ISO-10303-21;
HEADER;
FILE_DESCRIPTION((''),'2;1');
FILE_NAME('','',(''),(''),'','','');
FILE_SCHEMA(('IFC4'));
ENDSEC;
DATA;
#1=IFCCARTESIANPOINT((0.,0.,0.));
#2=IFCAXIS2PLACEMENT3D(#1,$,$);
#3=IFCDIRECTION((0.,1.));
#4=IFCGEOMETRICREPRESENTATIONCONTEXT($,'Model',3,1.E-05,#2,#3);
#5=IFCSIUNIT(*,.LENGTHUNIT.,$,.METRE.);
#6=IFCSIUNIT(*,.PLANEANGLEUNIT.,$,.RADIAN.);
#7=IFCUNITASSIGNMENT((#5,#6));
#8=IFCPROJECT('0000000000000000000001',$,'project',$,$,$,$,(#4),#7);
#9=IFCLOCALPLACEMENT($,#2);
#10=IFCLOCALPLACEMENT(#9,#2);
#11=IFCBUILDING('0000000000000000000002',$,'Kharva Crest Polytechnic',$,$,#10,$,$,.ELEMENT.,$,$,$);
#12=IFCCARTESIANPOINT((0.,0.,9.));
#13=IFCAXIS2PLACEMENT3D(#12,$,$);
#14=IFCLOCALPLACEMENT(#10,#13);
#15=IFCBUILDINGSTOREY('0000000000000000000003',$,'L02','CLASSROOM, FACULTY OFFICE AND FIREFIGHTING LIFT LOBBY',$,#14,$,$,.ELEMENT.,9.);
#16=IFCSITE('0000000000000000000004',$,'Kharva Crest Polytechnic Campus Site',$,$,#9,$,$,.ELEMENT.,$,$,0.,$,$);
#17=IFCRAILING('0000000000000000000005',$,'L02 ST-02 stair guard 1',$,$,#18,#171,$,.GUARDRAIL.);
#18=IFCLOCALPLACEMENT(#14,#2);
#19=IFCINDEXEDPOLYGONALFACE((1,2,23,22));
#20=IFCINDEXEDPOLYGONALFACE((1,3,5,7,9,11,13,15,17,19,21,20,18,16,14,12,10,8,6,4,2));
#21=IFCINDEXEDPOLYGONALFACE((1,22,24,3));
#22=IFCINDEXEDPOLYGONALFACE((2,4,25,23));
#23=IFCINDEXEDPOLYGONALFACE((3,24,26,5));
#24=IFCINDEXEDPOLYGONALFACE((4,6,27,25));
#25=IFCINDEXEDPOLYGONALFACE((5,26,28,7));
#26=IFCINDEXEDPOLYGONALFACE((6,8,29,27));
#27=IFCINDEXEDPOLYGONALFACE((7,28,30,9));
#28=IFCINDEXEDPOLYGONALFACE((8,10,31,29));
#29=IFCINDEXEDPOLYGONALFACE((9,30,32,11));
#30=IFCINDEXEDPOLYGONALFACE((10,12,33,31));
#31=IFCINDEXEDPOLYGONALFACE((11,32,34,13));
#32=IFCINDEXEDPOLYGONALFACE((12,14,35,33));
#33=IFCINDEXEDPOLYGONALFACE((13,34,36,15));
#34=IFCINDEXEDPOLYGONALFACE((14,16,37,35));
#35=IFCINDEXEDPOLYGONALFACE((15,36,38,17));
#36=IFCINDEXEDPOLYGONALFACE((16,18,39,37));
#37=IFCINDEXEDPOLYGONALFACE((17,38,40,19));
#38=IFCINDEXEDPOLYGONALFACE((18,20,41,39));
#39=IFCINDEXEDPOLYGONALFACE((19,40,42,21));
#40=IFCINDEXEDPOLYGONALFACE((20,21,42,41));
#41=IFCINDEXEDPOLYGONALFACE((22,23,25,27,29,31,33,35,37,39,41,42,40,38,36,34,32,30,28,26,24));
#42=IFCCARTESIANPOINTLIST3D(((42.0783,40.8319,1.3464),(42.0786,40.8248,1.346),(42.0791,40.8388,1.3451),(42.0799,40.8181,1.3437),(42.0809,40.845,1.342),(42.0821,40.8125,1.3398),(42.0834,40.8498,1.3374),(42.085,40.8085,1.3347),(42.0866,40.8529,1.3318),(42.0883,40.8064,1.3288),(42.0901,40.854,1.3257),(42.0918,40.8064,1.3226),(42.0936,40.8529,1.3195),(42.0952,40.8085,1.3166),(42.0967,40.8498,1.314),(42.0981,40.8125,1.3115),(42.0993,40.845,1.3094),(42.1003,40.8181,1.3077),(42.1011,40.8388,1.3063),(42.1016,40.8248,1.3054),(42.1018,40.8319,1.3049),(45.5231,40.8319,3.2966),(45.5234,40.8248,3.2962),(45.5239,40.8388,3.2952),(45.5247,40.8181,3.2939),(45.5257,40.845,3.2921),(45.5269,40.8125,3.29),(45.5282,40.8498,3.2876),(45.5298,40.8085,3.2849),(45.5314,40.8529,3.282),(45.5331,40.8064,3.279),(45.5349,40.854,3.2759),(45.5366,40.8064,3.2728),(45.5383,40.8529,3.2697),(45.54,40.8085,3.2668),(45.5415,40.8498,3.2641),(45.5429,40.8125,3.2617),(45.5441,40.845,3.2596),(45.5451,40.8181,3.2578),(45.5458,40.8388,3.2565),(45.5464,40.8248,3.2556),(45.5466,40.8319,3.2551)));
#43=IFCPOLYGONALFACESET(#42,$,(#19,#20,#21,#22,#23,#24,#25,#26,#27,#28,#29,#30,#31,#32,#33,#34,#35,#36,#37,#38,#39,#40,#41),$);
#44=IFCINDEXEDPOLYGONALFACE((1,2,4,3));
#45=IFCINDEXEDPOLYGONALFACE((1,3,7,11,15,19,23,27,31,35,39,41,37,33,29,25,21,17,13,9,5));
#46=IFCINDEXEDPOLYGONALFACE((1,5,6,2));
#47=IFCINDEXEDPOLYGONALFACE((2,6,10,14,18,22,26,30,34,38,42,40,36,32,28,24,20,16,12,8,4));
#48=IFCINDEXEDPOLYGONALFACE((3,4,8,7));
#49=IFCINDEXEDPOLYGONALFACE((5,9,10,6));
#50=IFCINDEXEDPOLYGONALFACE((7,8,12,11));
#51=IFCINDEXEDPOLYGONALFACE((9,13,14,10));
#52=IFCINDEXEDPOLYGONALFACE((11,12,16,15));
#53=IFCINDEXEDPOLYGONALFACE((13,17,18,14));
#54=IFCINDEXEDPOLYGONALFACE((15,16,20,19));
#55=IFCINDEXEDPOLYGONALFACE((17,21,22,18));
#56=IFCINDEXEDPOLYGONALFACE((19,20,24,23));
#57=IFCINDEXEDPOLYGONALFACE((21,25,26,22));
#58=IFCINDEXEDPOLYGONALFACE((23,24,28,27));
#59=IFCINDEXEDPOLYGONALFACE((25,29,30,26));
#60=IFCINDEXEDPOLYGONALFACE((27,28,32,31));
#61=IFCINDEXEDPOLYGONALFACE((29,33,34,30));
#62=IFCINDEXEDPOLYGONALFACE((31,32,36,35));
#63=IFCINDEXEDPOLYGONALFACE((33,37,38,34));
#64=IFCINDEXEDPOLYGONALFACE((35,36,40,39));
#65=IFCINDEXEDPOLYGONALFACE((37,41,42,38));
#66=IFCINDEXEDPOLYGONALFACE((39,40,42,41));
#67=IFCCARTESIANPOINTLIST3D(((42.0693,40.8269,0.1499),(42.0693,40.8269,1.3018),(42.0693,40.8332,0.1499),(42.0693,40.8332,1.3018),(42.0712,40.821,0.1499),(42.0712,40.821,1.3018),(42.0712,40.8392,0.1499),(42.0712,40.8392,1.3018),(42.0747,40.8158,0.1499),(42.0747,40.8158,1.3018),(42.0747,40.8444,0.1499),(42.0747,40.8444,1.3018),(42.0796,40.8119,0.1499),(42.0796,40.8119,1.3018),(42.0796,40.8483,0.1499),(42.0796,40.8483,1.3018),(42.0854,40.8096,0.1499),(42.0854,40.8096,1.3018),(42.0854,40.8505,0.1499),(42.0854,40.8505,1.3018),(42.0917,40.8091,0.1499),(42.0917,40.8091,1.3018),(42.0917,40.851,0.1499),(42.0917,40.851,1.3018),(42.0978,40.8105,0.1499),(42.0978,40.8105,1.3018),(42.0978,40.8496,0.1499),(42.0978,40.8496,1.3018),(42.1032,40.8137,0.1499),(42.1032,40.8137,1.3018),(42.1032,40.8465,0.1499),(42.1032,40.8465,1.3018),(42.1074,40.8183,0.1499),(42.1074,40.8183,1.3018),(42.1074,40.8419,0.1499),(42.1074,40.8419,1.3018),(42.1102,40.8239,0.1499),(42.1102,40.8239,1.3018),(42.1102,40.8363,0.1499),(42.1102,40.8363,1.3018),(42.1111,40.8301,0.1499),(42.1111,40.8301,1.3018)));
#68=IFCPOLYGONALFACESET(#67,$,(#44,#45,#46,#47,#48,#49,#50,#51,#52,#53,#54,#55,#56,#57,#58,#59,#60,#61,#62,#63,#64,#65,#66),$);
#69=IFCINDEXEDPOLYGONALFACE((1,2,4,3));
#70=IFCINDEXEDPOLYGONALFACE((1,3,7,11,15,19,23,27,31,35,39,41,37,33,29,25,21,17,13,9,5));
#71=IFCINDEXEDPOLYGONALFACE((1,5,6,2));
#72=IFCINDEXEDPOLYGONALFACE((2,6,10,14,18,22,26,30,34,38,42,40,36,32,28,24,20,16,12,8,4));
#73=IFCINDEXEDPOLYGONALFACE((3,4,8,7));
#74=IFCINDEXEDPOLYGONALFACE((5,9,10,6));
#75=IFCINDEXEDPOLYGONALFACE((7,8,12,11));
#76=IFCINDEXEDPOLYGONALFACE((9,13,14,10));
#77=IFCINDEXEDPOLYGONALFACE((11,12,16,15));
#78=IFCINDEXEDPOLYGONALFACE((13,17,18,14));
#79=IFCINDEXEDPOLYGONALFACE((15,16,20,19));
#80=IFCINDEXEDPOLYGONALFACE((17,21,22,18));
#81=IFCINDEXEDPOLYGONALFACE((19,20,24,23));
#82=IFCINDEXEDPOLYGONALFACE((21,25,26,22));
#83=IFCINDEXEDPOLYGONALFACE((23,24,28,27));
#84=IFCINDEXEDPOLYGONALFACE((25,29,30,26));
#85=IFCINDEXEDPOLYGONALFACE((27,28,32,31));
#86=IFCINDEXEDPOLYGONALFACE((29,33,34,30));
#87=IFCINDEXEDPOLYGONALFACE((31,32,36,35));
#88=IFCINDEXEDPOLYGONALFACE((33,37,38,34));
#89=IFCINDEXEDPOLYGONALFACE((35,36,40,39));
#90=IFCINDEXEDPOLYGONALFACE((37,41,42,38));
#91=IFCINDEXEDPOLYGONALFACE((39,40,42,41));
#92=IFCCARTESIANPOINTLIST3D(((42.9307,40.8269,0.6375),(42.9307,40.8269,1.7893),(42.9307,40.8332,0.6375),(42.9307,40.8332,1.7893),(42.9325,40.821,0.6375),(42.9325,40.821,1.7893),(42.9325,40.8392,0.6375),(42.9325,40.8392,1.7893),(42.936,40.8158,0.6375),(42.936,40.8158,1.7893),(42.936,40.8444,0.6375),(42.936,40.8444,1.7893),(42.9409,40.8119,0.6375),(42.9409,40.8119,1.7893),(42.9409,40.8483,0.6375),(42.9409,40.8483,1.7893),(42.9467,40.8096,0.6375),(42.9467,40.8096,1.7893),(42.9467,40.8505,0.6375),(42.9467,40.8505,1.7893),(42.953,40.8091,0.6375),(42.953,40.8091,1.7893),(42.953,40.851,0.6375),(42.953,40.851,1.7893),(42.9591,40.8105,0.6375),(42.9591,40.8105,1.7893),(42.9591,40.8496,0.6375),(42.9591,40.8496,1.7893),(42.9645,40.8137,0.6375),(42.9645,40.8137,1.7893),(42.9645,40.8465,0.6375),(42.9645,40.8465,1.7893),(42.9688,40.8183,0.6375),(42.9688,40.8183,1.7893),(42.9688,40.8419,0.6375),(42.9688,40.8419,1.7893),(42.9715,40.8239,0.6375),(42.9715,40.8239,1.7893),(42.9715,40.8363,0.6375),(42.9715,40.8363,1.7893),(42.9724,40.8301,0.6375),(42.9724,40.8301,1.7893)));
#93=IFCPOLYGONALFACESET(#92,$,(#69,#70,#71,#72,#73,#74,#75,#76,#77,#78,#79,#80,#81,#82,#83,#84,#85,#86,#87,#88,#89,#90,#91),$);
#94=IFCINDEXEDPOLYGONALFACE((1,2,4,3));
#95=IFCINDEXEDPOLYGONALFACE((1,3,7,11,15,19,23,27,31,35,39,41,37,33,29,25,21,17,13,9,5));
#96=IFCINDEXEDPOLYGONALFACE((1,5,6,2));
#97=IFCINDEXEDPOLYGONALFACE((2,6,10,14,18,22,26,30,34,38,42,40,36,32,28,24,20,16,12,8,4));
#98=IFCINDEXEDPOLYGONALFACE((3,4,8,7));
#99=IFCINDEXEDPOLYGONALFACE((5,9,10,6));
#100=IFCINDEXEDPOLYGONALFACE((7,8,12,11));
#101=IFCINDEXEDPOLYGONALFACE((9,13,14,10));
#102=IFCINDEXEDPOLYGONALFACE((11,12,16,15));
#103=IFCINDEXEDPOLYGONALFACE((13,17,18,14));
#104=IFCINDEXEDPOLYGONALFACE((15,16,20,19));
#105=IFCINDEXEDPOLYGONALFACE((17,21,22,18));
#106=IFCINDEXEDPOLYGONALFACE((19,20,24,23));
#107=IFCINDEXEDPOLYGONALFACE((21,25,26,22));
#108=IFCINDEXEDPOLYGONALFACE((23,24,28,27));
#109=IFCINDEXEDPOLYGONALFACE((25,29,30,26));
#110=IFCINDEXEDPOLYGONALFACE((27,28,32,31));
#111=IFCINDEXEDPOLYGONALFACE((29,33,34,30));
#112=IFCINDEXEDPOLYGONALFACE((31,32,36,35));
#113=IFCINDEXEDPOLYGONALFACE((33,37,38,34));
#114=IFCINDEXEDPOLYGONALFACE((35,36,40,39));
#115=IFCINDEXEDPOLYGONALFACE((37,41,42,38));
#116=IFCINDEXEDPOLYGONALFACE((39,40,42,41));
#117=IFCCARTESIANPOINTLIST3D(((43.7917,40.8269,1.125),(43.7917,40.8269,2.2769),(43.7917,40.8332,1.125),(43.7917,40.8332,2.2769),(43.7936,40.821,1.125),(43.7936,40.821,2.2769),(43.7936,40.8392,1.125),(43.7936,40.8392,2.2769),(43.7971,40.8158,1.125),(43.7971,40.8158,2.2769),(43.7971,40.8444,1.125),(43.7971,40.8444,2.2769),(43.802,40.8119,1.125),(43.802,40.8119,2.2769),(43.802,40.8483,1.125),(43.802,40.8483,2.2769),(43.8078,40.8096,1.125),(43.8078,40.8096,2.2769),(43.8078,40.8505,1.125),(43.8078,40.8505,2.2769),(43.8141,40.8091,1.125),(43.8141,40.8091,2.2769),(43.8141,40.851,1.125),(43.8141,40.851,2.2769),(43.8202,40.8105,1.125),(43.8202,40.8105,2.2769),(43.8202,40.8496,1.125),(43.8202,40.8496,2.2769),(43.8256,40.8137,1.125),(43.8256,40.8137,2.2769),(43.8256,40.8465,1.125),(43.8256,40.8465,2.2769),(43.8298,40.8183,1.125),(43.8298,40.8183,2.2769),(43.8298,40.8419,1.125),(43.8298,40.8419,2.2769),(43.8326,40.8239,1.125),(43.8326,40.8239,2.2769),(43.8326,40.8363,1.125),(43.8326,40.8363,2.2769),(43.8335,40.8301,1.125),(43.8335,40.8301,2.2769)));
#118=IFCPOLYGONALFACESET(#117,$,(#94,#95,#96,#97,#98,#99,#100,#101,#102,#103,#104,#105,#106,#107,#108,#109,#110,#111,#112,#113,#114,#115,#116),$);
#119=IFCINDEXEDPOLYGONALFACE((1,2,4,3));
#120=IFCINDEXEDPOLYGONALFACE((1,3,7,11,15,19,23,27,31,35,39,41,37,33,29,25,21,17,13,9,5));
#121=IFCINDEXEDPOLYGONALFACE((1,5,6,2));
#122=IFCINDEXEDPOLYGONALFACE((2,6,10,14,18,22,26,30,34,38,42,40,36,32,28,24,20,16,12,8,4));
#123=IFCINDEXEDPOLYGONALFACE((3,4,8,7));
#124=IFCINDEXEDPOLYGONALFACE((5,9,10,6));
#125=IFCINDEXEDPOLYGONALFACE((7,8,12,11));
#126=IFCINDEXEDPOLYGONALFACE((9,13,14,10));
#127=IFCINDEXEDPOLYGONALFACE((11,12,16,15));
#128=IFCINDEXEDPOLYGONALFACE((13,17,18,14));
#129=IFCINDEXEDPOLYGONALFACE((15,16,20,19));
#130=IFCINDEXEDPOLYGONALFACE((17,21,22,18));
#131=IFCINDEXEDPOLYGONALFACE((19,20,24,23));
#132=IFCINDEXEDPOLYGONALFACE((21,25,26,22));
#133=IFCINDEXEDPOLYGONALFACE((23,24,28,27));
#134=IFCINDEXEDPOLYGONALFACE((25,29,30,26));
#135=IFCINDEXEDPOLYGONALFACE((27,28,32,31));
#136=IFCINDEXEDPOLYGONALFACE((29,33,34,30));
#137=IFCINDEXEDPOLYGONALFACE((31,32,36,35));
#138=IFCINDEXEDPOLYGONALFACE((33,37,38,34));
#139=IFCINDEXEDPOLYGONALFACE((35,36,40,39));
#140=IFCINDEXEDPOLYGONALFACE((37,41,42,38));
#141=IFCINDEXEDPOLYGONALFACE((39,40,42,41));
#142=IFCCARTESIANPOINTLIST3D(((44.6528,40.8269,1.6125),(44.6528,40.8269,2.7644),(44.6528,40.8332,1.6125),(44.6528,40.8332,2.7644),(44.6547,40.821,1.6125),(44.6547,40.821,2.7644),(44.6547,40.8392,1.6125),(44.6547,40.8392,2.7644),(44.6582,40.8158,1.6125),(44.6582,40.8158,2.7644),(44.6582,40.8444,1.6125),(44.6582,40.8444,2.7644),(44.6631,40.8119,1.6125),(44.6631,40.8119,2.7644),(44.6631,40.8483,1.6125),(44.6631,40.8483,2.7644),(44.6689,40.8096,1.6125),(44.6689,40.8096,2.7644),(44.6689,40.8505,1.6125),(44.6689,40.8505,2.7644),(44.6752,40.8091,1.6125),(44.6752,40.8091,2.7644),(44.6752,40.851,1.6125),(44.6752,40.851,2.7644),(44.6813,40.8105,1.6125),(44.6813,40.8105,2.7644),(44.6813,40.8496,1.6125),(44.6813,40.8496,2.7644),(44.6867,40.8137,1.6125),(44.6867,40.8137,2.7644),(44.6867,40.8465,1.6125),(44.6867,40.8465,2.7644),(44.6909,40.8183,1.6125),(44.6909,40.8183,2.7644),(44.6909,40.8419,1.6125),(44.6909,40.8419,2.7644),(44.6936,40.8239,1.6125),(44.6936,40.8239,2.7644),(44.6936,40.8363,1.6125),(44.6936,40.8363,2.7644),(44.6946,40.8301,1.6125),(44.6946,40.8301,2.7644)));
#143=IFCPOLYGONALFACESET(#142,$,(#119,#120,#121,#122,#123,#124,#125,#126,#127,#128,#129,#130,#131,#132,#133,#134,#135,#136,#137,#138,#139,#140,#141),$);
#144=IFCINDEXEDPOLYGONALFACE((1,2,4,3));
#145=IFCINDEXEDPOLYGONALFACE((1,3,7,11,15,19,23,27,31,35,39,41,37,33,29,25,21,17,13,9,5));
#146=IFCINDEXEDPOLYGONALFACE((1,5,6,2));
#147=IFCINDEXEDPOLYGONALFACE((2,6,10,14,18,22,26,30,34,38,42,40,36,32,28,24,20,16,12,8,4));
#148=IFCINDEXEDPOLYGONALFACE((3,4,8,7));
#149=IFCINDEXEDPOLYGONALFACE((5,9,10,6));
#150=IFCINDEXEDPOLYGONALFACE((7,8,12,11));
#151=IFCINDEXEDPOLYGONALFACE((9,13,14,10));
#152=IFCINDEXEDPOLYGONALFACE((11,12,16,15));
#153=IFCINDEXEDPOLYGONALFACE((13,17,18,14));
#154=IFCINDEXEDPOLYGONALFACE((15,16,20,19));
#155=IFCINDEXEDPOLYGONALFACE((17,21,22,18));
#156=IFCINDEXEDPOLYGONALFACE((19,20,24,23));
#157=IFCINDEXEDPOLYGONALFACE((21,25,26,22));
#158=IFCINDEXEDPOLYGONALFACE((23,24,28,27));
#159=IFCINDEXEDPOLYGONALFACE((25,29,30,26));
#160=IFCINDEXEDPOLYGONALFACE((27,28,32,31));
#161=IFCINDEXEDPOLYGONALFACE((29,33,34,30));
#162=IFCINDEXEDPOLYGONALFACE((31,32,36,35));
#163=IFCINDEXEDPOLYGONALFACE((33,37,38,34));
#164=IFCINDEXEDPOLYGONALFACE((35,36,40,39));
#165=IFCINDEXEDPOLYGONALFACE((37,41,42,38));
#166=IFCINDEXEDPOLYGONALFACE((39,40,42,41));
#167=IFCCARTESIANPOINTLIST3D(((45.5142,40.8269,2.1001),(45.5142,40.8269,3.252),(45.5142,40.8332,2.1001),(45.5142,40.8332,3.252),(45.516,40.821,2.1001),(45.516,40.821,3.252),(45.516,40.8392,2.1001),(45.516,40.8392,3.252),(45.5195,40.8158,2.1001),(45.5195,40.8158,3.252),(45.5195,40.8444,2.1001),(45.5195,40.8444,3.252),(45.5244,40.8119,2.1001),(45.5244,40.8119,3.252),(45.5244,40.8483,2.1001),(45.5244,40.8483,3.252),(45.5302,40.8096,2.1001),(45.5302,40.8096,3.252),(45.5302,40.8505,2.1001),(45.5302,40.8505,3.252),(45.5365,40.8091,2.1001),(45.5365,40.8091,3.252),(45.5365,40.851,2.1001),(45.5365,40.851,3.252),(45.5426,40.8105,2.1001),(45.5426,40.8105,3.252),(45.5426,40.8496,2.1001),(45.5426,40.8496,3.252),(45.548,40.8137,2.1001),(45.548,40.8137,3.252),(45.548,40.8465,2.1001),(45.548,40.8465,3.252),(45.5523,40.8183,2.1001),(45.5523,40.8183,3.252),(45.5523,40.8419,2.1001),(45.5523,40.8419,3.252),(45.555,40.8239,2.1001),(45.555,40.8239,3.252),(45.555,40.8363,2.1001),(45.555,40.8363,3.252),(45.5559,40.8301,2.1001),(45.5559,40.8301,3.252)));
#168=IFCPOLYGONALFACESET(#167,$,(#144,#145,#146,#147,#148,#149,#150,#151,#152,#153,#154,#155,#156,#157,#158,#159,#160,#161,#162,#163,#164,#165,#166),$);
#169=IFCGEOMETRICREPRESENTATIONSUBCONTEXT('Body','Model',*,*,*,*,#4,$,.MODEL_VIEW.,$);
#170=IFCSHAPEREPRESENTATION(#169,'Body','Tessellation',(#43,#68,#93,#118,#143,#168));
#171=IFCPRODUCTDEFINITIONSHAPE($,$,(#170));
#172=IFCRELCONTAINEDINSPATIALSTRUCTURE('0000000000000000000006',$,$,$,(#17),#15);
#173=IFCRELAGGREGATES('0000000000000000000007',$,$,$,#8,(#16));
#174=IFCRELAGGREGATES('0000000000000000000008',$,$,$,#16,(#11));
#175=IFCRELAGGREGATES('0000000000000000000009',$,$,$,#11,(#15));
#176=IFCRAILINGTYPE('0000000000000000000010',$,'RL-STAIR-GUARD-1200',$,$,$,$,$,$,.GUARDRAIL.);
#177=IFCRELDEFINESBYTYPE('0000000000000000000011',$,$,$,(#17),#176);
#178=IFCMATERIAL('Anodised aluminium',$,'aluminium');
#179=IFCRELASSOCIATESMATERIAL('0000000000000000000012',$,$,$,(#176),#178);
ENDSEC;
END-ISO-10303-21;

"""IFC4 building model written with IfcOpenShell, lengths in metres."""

from ifc_helpers import new_model, si_unit, direction, frame, origin, origin_2d, place, context, subcontext, project, spatial, circle, extrude, material, type_object, element, save


model = new_model("IFC4")

# Units and contexts
model_context = context("Model", 3, precision=1e-05, world=origin(), true_north=direction((0.0, 1.0)))
body_context = subcontext(model_context, "Body", "Model", "MODEL_VIEW")
ifc_project = project(units=[si_unit("LENGTHUNIT", "METRE"), si_unit("PLANEANGLEUNIT", "RADIAN")], contexts=[model_context])

# Site, building, storey
site_placement = place(None, origin())
site = spatial("IfcSite", under=ifc_project, at=site_placement, Name="Kharva Crest Polytechnic Campus Site", CompositionType="ELEMENT", RefElevation=0.0)
building_placement = place(site_placement, origin())
building = spatial("IfcBuilding", under=site, at=building_placement, Name="Kharva Crest Polytechnic", CompositionType="ELEMENT")
storey_placement = place(building_placement, frame((0.0, 0.0, 9.0)))
storey = spatial("IfcBuildingStorey", under=building, at=storey_placement, Name="L02", Description="CLASSROOM, FACULTY OFFICE AND FIREFIGHTING LIFT LOBBY", CompositionType="ELEMENT", Elevation=9.0)

# Shared definitions
ifc_material_1 = material(Name="Anodised aluminium", Category="aluminium")

# Railing
railing_type_1 = type_object("IfcRailingType", Name="RL-STAIR-GUARD-1200", PredefinedType="GUARDRAIL", material=ifc_material_1)
railing_1_placement = place(storey_placement, frame((42.0901, 40.8301, 0.1499)))
element("IfcRailing", 1, at=railing_1_placement, inside=storey, type_object=railing_type_1, Name="L02 ST-02 stair guard 1", PredefinedType="GUARDRAIL", context=body_context, shape_type="SweptSolid", body=[
    extrude(circle(Radius=0.0239, at=origin_2d()), frame((0.0, 0.0, 1.1758), z_axis=(0.870225, 0.0, 0.492655), x_axis=(0.0, 1.0, 0.0)), (0.0, 0.0, 1.0), 3.9585),
    extrude(circle(Radius=0.021, at=origin_2d()), origin(), (0.0, 0.0, 1.0), 1.1519),
    extrude(circle(Radius=0.021, at=origin_2d()), frame((0.8613, 0.0, 0.4875)), (0.0, 0.0, 1.0), 1.1519),
    extrude(circle(Radius=0.021, at=origin_2d()), frame((1.7224, 0.0, 0.9751)), (0.0, 0.0, 1.0), 1.1519),
    extrude(circle(Radius=0.021, at=origin_2d()), frame((2.5835, 0.0, 1.4626)), (0.0, 0.0, 1.0), 1.1519),
    extrude(circle(Radius=0.021, at=origin_2d()), frame((3.4448, 0.0, 1.9502)), (0.0, 0.0, 1.0), 1.1519),
])

save(model, "model.ifc")
